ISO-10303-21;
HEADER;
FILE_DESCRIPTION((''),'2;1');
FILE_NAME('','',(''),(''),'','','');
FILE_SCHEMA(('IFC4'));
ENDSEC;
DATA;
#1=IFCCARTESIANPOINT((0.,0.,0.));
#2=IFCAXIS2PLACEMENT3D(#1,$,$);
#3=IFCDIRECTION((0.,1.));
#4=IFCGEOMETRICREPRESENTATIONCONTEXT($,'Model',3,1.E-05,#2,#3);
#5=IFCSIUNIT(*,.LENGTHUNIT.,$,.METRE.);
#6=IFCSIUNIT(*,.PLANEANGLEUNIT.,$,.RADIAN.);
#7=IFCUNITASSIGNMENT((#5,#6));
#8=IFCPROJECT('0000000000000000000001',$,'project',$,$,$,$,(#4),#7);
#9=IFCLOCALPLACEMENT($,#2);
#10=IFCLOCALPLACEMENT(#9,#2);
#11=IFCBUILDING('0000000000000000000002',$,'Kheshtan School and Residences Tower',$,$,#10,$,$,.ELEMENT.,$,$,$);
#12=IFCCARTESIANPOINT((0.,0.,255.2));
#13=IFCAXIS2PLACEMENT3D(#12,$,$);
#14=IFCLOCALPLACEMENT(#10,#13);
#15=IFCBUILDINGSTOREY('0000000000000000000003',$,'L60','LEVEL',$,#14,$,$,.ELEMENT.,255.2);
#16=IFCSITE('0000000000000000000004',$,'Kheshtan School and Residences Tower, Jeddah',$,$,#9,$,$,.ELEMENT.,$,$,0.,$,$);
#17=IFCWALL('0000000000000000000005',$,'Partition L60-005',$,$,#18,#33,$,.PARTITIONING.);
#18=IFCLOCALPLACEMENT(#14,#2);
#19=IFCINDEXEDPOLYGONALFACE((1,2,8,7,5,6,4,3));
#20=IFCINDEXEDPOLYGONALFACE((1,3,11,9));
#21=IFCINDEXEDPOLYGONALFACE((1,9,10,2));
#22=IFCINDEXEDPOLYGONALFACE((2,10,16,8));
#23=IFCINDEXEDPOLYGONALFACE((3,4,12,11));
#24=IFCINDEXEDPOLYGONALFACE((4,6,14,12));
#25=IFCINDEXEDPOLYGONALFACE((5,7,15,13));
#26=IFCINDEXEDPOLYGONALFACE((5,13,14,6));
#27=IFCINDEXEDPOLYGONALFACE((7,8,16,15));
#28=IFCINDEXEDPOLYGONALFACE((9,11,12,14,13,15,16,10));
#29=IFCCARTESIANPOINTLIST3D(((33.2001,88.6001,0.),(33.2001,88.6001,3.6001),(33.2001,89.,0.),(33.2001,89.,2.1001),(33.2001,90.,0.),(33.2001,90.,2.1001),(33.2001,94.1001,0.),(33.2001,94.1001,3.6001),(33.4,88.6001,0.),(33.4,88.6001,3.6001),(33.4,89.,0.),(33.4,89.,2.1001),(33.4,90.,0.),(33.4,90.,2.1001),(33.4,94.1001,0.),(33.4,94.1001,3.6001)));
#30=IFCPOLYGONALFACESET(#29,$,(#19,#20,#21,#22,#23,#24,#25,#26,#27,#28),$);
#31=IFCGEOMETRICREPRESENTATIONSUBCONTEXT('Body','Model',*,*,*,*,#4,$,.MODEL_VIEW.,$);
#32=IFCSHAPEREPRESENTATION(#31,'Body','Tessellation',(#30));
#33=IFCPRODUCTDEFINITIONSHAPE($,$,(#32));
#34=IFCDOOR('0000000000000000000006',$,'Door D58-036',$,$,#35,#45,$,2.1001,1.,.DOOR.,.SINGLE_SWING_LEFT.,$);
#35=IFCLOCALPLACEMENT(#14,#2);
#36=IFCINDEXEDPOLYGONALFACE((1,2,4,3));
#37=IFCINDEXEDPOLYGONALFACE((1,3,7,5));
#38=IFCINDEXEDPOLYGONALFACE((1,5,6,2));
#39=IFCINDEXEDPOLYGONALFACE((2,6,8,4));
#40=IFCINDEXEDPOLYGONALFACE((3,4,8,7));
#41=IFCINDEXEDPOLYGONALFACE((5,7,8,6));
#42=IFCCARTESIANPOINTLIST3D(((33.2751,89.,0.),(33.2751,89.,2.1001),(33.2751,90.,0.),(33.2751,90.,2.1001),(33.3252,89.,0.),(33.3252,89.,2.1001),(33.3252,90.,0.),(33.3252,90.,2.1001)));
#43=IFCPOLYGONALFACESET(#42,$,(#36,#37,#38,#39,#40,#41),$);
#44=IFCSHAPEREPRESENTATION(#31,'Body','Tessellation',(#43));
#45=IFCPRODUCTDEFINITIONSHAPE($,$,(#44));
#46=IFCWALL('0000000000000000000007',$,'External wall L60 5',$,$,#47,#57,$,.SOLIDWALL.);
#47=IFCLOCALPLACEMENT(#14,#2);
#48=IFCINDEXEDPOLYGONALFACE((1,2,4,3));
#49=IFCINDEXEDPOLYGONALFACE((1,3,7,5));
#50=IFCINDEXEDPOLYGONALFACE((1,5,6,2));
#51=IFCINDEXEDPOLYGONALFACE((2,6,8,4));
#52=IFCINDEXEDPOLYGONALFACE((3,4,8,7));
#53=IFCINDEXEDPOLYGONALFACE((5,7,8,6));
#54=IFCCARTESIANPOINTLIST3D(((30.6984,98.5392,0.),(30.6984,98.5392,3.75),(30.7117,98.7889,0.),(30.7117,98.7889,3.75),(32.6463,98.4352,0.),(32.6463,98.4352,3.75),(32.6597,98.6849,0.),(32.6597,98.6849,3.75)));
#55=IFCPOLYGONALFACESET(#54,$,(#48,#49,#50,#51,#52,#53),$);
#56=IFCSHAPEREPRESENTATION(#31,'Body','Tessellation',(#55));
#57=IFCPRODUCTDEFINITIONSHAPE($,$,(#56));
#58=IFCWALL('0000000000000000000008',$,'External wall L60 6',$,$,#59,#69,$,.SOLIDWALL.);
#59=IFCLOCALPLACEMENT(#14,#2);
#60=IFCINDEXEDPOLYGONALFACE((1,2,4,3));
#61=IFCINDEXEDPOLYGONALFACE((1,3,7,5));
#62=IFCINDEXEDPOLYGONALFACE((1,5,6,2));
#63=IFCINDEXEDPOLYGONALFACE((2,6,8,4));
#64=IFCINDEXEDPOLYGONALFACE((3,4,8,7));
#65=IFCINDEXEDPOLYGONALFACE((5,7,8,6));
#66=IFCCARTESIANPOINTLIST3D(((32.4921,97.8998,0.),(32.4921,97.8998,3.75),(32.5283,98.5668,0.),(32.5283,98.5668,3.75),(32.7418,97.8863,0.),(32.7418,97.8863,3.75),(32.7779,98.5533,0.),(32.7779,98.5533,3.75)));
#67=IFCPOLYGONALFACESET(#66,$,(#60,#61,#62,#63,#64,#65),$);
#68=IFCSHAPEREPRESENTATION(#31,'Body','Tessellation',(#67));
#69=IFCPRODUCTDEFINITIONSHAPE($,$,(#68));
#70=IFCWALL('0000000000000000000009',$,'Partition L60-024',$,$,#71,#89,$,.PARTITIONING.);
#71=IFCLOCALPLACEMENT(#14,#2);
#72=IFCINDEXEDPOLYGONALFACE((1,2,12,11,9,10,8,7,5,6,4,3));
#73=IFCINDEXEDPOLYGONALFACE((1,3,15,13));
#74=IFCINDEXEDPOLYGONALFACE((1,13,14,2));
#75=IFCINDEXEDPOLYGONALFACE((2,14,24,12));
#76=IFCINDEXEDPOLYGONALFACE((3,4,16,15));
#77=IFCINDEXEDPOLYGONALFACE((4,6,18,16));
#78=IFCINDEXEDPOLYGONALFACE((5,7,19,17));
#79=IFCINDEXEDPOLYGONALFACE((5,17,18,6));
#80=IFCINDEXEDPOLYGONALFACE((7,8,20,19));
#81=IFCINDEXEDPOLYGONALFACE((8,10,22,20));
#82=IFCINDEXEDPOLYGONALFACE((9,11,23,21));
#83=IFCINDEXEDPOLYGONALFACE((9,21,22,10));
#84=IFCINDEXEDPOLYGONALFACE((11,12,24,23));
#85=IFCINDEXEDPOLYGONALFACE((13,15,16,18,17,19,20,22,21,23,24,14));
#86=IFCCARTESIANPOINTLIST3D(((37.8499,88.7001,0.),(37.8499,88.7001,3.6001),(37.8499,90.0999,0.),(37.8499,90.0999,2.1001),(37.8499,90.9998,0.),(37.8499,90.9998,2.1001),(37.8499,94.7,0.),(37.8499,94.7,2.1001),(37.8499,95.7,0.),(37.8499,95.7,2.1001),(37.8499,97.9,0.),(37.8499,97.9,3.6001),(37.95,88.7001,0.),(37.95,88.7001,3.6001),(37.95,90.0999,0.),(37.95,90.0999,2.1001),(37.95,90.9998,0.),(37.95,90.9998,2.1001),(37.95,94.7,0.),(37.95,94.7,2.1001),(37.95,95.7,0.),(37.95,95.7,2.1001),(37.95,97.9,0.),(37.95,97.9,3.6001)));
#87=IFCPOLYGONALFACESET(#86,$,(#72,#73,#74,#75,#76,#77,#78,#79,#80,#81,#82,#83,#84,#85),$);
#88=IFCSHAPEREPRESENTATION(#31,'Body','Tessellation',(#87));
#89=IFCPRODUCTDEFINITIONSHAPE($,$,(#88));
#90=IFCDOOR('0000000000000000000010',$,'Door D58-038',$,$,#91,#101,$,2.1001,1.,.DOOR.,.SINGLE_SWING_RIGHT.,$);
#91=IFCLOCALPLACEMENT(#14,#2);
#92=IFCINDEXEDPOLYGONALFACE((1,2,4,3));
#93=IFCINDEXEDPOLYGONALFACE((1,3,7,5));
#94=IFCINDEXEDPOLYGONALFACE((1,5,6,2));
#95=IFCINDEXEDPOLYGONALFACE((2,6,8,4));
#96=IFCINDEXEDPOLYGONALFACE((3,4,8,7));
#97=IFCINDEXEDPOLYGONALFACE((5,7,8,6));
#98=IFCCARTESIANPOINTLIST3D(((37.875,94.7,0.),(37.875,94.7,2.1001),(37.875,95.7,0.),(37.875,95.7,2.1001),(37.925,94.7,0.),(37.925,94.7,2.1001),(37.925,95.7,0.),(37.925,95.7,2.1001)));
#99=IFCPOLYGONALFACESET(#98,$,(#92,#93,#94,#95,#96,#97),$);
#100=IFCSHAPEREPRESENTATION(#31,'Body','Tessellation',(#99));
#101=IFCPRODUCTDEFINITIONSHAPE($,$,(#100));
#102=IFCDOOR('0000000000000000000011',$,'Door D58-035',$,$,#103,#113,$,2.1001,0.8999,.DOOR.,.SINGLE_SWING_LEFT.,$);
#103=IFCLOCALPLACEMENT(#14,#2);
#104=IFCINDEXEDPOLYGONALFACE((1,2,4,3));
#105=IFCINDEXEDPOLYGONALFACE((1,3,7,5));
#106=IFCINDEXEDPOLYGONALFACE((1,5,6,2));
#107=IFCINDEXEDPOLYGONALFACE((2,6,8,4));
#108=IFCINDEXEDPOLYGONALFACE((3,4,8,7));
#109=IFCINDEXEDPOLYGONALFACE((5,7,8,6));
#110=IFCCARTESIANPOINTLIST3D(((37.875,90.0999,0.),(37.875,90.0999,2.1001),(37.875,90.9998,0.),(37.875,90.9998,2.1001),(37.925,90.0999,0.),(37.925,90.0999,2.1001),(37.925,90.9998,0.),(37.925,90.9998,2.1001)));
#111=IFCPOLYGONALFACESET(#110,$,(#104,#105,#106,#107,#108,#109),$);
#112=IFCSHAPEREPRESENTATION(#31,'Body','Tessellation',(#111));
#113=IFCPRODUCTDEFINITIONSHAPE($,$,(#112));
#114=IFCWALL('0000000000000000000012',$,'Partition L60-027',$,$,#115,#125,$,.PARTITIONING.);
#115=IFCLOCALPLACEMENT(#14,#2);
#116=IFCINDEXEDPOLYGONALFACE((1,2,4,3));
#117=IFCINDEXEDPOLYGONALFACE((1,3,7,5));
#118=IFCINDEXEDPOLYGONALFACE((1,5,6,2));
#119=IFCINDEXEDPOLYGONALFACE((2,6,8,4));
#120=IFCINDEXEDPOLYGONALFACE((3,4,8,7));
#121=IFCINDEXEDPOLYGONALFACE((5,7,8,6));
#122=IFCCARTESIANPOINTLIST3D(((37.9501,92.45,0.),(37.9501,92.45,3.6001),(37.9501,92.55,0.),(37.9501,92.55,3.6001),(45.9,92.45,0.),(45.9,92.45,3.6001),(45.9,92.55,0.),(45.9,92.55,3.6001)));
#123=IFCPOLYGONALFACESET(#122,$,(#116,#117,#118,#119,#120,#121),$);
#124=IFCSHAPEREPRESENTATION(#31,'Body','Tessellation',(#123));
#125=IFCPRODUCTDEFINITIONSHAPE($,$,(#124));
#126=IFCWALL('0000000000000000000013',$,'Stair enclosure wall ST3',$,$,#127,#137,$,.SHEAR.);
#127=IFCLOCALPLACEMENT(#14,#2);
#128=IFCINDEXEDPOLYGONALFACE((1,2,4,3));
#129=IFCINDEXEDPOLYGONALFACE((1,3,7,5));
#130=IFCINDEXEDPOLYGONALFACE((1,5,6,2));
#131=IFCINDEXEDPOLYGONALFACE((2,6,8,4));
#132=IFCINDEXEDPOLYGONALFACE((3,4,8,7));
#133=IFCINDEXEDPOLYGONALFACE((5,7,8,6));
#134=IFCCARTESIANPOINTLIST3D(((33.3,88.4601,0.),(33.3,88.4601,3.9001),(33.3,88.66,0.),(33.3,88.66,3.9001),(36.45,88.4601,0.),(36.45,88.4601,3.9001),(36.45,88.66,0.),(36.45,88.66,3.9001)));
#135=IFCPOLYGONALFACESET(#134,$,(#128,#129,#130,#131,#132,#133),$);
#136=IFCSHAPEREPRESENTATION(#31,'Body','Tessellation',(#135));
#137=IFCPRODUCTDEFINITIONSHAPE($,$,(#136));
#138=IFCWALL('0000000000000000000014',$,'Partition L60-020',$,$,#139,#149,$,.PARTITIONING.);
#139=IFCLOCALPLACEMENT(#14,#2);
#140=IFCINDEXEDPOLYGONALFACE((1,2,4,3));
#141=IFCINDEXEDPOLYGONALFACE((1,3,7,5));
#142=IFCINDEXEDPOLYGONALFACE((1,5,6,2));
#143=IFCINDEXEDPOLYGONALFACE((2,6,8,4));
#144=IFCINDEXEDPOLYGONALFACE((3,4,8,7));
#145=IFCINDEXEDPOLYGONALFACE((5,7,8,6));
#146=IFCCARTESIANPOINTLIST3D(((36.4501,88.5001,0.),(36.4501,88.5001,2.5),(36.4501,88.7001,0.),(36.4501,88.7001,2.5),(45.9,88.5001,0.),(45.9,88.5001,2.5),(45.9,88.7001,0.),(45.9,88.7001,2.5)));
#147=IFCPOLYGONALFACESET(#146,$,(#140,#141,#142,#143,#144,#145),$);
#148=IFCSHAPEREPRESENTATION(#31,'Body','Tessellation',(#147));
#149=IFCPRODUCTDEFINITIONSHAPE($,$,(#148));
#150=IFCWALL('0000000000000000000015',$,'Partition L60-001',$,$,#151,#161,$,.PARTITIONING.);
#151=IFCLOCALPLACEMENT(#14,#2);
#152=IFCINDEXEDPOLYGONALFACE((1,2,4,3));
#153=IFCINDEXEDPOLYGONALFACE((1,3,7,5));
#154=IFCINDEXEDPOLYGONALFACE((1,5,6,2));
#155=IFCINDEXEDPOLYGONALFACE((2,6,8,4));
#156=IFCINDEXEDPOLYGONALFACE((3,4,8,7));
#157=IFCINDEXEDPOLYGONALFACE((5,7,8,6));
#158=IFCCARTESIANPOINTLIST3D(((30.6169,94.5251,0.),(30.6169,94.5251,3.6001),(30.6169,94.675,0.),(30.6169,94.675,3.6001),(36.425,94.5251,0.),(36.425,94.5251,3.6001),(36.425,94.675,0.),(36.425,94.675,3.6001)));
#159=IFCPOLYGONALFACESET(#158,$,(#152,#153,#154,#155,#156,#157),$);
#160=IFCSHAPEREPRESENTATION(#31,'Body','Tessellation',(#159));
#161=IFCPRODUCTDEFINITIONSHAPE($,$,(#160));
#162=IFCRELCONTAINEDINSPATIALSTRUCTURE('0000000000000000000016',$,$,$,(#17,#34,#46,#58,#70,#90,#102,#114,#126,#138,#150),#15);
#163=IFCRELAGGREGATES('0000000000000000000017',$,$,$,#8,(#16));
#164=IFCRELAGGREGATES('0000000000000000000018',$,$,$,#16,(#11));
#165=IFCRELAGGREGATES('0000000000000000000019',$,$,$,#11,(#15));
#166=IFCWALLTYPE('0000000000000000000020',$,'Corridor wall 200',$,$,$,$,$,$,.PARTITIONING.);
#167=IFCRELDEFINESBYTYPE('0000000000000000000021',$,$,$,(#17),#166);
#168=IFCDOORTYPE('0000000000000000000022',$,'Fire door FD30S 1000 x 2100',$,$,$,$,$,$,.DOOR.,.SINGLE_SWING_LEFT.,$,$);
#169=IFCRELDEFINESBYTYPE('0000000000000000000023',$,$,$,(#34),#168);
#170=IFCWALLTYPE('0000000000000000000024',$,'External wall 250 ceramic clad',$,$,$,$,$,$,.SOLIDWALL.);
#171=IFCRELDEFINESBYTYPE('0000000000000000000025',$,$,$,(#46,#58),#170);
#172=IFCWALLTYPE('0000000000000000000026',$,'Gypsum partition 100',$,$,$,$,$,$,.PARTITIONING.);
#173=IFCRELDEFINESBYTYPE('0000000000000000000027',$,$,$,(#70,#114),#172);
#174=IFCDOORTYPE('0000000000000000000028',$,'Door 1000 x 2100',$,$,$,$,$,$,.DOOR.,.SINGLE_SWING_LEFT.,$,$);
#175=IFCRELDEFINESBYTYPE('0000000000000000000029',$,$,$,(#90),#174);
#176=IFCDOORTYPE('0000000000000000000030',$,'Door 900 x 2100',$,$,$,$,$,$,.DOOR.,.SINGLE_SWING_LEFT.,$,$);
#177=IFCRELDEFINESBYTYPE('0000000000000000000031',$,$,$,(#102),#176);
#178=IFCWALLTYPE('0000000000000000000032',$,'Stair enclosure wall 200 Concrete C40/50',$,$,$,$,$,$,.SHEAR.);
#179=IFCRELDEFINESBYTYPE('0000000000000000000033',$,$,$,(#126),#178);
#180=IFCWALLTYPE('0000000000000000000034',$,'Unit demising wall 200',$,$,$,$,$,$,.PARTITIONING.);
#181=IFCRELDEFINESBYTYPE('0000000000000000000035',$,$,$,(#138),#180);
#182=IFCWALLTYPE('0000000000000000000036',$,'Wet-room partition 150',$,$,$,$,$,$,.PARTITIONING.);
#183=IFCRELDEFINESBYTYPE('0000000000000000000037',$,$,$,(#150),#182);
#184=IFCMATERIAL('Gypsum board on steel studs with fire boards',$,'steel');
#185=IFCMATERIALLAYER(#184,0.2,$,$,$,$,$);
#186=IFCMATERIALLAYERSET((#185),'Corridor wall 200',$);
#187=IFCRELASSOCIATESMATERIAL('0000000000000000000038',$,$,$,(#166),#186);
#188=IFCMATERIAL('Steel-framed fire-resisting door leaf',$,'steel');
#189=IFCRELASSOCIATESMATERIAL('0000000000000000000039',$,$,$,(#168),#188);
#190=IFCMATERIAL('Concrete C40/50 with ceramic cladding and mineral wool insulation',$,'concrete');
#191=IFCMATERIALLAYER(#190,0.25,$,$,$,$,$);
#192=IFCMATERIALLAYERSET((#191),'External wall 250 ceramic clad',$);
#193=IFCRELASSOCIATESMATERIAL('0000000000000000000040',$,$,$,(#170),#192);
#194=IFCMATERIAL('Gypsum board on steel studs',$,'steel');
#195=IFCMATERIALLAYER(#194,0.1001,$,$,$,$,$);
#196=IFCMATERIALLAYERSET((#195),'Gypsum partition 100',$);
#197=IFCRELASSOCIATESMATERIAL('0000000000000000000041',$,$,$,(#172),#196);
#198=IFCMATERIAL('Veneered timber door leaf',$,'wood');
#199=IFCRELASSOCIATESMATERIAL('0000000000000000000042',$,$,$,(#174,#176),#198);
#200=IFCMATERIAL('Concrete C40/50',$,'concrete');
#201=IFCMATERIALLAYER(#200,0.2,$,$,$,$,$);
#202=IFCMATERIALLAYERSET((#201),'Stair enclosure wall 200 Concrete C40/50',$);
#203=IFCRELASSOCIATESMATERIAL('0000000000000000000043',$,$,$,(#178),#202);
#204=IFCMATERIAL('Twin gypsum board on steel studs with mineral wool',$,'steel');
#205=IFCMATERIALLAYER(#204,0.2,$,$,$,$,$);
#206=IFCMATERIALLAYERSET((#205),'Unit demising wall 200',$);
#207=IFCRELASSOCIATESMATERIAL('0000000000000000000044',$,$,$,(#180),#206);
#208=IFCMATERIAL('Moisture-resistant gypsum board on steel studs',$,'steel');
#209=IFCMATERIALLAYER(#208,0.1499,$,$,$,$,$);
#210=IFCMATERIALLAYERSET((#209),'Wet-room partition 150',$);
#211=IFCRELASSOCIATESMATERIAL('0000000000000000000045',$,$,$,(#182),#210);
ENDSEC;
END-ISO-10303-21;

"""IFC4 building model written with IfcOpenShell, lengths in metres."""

from ifc_helpers import new_model, si_unit, direction, frame, frame_2d, origin, place, context, subcontext, project, spatial, rectangle, extrude, source, transform, mapped, material, layer, layer_set, type_object, element, fill, save


model = new_model("IFC4")

# Units and contexts
model_context = context("Model", 3, precision=1e-05, world=origin(), true_north=direction((0.0, 1.0)))
body_context = subcontext(model_context, "Body", "Model", "MODEL_VIEW")
ifc_project = project(units=[si_unit("LENGTHUNIT", "METRE"), si_unit("PLANEANGLEUNIT", "RADIAN")], contexts=[model_context])

# Site, building, storey
site_placement = place(None, origin())
site = spatial("IfcSite", under=ifc_project, at=site_placement, Name="Kheshtan School and Residences Tower, Jeddah", CompositionType="ELEMENT", RefElevation=0.0)
building_placement = place(site_placement, origin())
building = spatial("IfcBuilding", under=site, at=building_placement, Name="Kheshtan School and Residences Tower", CompositionType="ELEMENT")
storey_placement = place(building_placement, frame((0.0, 0.0, 255.2)))
storey = spatial("IfcBuildingStorey", under=building, at=storey_placement, Name="L60", Description="LEVEL", CompositionType="ELEMENT", Elevation=255.2)

# Shared definitions
ifc_material_1 = material(Name="Gypsum board on steel studs with fire boards", Category="steel")
ifc_layer_1 = layer(ifc_material_1, 0.2)
ifc_layer_set_1 = layer_set([ifc_layer_1], Name="Corridor wall 200")
wall_type_1 = type_object("IfcWallType", Name="Corridor wall 200", PredefinedType="PARTITIONING", material=ifc_layer_set_1)

# Wall, opening, door
wall_1_placement = place(storey_placement, frame((33.3, 88.6001, 0.0), z_axis=(0.0, 0.0, 1.0), x_axis=(0.0, 1.0, 0.0)))
wall_1 = element("IfcWall", 1, at=wall_1_placement, inside=storey, type_object=wall_type_1, Name="Partition L60-005", PredefinedType="PARTITIONING", context=body_context, shape_type="SweptSolid", body=[
    extrude(rectangle(XDim=5.5, YDim=0.2, at=frame_2d((2.75, 0.0))), origin(), (0.0, 0.0, 1.0), 3.6001),
])
opening_1_placement = place(wall_1_placement, frame((0.3999, 0.0, 0.0)))
opening_1 = element("IfcOpeningElement", 2, at=opening_1_placement, cuts=wall_1, PredefinedType="OPENING", context=body_context, shape_type="SweptSolid", body=[
    extrude(rectangle(XDim=1.0, YDim=2.1001, at=frame_2d((0.5, 1.05))), frame((0.0, 0.1099, 0.0), z_axis=(0.0, -1.0, 0.0), x_axis=(1.0, 0.0, 0.0)), (0.0, 0.0, 1.0), 0.22),
])
ifc_material_2 = material(Name="Steel-framed fire-resisting door leaf", Category="steel")
door_type_1 = type_object("IfcDoorType", Name="Fire door FD30S 1000 x 2100", OperationType="SINGLE_SWING_LEFT", PredefinedType="DOOR", material=ifc_material_2)
shared_shape_1 = source(origin(), body_context, "Body", "SweptSolid", [
    extrude(rectangle(XDim=1.0, YDim=2.1001, at=frame_2d((0.5, 1.05))), frame((0.0, 0.0249, 0.0), z_axis=(0.0, -1.0, 0.0), x_axis=(1.0, 0.0, 0.0)), (0.0, 0.0, 1.0), 0.05),
])
door_1_placement = place(opening_1_placement, origin())
door_1 = element("IfcDoor", 3, at=door_1_placement, inside=storey, type_object=door_type_1, Name="Door D58-036", OperationType="SINGLE_SWING_LEFT", OverallHeight=2.1001, OverallWidth=1.0, PredefinedType="DOOR", context=body_context, shape_type="MappedRepresentation", body=[
    mapped(shared_shape_1, transform((0.0, 0.0, 0.0), x_axis=(1.0, 0.0, 0.0), y_axis=(0.0, 1.0, 0.0), z_axis=(0.0, 0.0, 1.0), scale=1.0)),
])
fill(opening_1, door_1)

# Walls
ifc_material_3 = material(Name="Concrete C40/50 with ceramic cladding and mineral wool insulation", Category="concrete")
ifc_layer_2 = layer(ifc_material_3, 0.25)
ifc_layer_set_2 = layer_set([ifc_layer_2], Name="External wall 250 ceramic clad")
wall_type_2 = type_object("IfcWallType", Name="External wall 250 ceramic clad", PredefinedType="SOLIDWALL", material=ifc_layer_set_2)
wall_2_placement = place(storey_placement, frame((30.7051, 98.6641, 0.0), z_axis=(0.0, 0.0, 1.0), x_axis=(0.998578, -0.053314, 0.0)))
element("IfcWall", 4, at=wall_2_placement, inside=storey, type_object=wall_type_2, Name="External wall L60 5", PredefinedType="SOLIDWALL", context=body_context, shape_type="SweptSolid", body=[
    extrude(rectangle(XDim=1.9507, YDim=0.25, at=frame_2d((0.9753, 0.0))), origin(), (0.0, 0.0, 1.0), 3.75),
])
wall_3_placement = place(storey_placement, frame((32.6531, 98.5601, 0.0), z_axis=(0.0, 0.0, 1.0), x_axis=(-0.054093, -0.998536, 0.0)))
element("IfcWall", 5, at=wall_3_placement, inside=storey, type_object=wall_type_2, Name="External wall L60 6", PredefinedType="SOLIDWALL", context=body_context, shape_type="SweptSolid", body=[
    extrude(rectangle(XDim=0.668, YDim=0.25, at=frame_2d((0.334, 0.0))), origin(), (0.0, 0.0, 1.0), 3.75),
])

# Wall, openings, doors
ifc_material_4 = material(Name="Gypsum board on steel studs", Category="steel")
ifc_layer_3 = layer(ifc_material_4, 0.1001)
ifc_layer_set_3 = layer_set([ifc_layer_3], Name="Gypsum partition 100")
wall_type_3 = type_object("IfcWallType", Name="Gypsum partition 100", PredefinedType="PARTITIONING", material=ifc_layer_set_3)
wall_4_placement = place(storey_placement, frame((37.8999, 88.7, 0.0), z_axis=(0.0, 0.0, 1.0), x_axis=(0.0, 1.0, 0.0)))
wall_4 = element("IfcWall", 6, at=wall_4_placement, inside=storey, type_object=wall_type_3, Name="Partition L60-024", PredefinedType="PARTITIONING", context=body_context, shape_type="SweptSolid", body=[
    extrude(rectangle(XDim=9.2, YDim=0.1001, at=frame_2d((4.6001, 0.0))), origin(), (0.0, 0.0, 1.0), 3.6001),
])
opening_2_placement = place(wall_4_placement, frame((1.3999, 0.0, 0.0)))
opening_2 = element("IfcOpeningElement", 7, at=opening_2_placement, cuts=wall_4, PredefinedType="OPENING", context=body_context, shape_type="SweptSolid", body=[
    extrude(rectangle(XDim=0.8999, YDim=2.1001, at=frame_2d((0.45, 1.05))), frame((0.0, 0.0601, 0.0), z_axis=(0.0, -1.0, 0.0), x_axis=(1.0, 0.0, 0.0)), (0.0, 0.0, 1.0), 0.1201),
])
opening_3_placement = place(wall_4_placement, frame((6.0, 0.0, 0.0)))
opening_3 = element("IfcOpeningElement", 8, at=opening_3_placement, cuts=wall_4, PredefinedType="OPENING", context=body_context, shape_type="SweptSolid", body=[
    extrude(rectangle(XDim=1.0, YDim=2.1001, at=frame_2d((0.5, 1.05))), frame((0.0, 0.0601, 0.0), z_axis=(0.0, -1.0, 0.0), x_axis=(1.0, 0.0, 0.0)), (0.0, 0.0, 1.0), 0.1201),
])
ifc_material_5 = material(Name="Veneered timber door leaf", Category="wood")
door_type_2 = type_object("IfcDoorType", Name="Door 1000 x 2100", OperationType="SINGLE_SWING_LEFT", PredefinedType="DOOR", material=ifc_material_5)
shared_shape_2 = source(origin(), body_context, "Body", "SweptSolid", [
    extrude(rectangle(XDim=1.0, YDim=2.1001, at=frame_2d((0.5, 1.05))), frame((0.0, 0.0249, 0.0), z_axis=(0.0, -1.0, 0.0), x_axis=(1.0, 0.0, 0.0)), (0.0, 0.0, 1.0), 0.05),
])
door_2_placement = place(opening_3_placement, origin())
door_2 = element("IfcDoor", 9, at=door_2_placement, inside=storey, type_object=door_type_2, Name="Door D58-038", OperationType="SINGLE_SWING_RIGHT", OverallHeight=2.1001, OverallWidth=1.0, PredefinedType="DOOR", context=body_context, shape_type="MappedRepresentation", body=[
    mapped(shared_shape_2, transform((0.0, 0.0, 0.0), x_axis=(1.0, 0.0, 0.0), y_axis=(0.0, 1.0, 0.0), z_axis=(0.0, 0.0, 1.0), scale=1.0)),
])
fill(opening_3, door_2)
door_type_3 = type_object("IfcDoorType", Name="Door 900 x 2100", OperationType="SINGLE_SWING_LEFT", PredefinedType="DOOR", material=ifc_material_5)
shared_shape_3 = source(origin(), body_context, "Body", "SweptSolid", [
    extrude(rectangle(XDim=0.8999, YDim=2.1001, at=frame_2d((0.45, 1.05))), frame((0.0, 0.0249, 0.0), z_axis=(0.0, -1.0, 0.0), x_axis=(1.0, 0.0, 0.0)), (0.0, 0.0, 1.0), 0.05),
])
door_3_placement = place(opening_2_placement, origin())
door_3 = element("IfcDoor", 10, at=door_3_placement, inside=storey, type_object=door_type_3, Name="Door D58-035", OperationType="SINGLE_SWING_LEFT", OverallHeight=2.1001, OverallWidth=0.8999, PredefinedType="DOOR", context=body_context, shape_type="MappedRepresentation", body=[
    mapped(shared_shape_3, transform((0.0, 0.0, 0.0), x_axis=(1.0, 0.0, 0.0), y_axis=(0.0, 1.0, 0.0), z_axis=(0.0, 0.0, 1.0), scale=1.0)),
])
fill(opening_2, door_3)

# Walls
wall_5_placement = place(storey_placement, frame((37.95, 92.5, 0.0), z_axis=(0.0, 0.0, 1.0), x_axis=(1.0, 0.0, 0.0)))
element("IfcWall", 11, at=wall_5_placement, inside=storey, type_object=wall_type_3, Name="Partition L60-027", PredefinedType="PARTITIONING", context=body_context, shape_type="SweptSolid", body=[
    extrude(rectangle(XDim=7.95, YDim=0.1001, at=frame_2d((3.9751, 0.0))), origin(), (0.0, 0.0, 1.0), 3.6001),
])
ifc_material_6 = material(Name="Concrete C40/50", Category="concrete")
ifc_layer_4 = layer(ifc_material_6, 0.2)
ifc_layer_set_4 = layer_set([ifc_layer_4], Name="Stair enclosure wall 200 Concrete C40/50")
wall_type_4 = type_object("IfcWallType", Name="Stair enclosure wall 200 Concrete C40/50", PredefinedType="SHEAR", material=ifc_layer_set_4)
wall_6_placement = place(storey_placement, frame((33.3, 88.5601, 0.0), z_axis=(0.0, 0.0, 1.0), x_axis=(1.0, 0.0, 0.0)))
element("IfcWall", 12, at=wall_6_placement, inside=storey, type_object=wall_type_4, Name="Stair enclosure wall ST3", PredefinedType="SHEAR", context=body_context, shape_type="SweptSolid", body=[
    extrude(rectangle(XDim=3.1499, YDim=0.2, at=frame_2d((1.575, 0.0))), origin(), (0.0, 0.0, 1.0), 3.9001),
])
ifc_material_7 = material(Name="Twin gypsum board on steel studs with mineral wool", Category="steel")
ifc_layer_5 = layer(ifc_material_7, 0.2)
ifc_layer_set_5 = layer_set([ifc_layer_5], Name="Unit demising wall 200")
wall_type_5 = type_object("IfcWallType", Name="Unit demising wall 200", PredefinedType="PARTITIONING", material=ifc_layer_set_5)
wall_7_placement = place(storey_placement, frame((36.45, 88.6001, 0.0), z_axis=(0.0, 0.0, 1.0), x_axis=(1.0, 0.0, 0.0)))
element("IfcWall", 13, at=wall_7_placement, inside=storey, type_object=wall_type_5, Name="Partition L60-020", PredefinedType="PARTITIONING", context=body_context, shape_type="SweptSolid", body=[
    extrude(rectangle(XDim=9.45, YDim=0.2, at=frame_2d((4.7251, 0.0))), origin(), (0.0, 0.0, 1.0), 2.5),
])
ifc_material_8 = material(Name="Moisture-resistant gypsum board on steel studs", Category="steel")
ifc_layer_6 = layer(ifc_material_8, 0.1499)
ifc_layer_set_6 = layer_set([ifc_layer_6], Name="Wet-room partition 150")
wall_type_6 = type_object("IfcWallType", Name="Wet-room partition 150", PredefinedType="PARTITIONING", material=ifc_layer_set_6)
wall_8_placement = place(storey_placement, frame((30.6169, 94.6001, 0.0), z_axis=(0.0, 0.0, 1.0), x_axis=(1.0, 0.0, 0.0)))
element("IfcWall", 14, at=wall_8_placement, inside=storey, type_object=wall_type_6, Name="Partition L60-001", PredefinedType="PARTITIONING", context=body_context, shape_type="SweptSolid", body=[
    extrude(rectangle(XDim=5.8081, YDim=0.1499, at=frame_2d((2.9041, 0.0))), origin(), (0.0, 0.0, 1.0), 3.6001),
])

save(model, "model.ifc")
